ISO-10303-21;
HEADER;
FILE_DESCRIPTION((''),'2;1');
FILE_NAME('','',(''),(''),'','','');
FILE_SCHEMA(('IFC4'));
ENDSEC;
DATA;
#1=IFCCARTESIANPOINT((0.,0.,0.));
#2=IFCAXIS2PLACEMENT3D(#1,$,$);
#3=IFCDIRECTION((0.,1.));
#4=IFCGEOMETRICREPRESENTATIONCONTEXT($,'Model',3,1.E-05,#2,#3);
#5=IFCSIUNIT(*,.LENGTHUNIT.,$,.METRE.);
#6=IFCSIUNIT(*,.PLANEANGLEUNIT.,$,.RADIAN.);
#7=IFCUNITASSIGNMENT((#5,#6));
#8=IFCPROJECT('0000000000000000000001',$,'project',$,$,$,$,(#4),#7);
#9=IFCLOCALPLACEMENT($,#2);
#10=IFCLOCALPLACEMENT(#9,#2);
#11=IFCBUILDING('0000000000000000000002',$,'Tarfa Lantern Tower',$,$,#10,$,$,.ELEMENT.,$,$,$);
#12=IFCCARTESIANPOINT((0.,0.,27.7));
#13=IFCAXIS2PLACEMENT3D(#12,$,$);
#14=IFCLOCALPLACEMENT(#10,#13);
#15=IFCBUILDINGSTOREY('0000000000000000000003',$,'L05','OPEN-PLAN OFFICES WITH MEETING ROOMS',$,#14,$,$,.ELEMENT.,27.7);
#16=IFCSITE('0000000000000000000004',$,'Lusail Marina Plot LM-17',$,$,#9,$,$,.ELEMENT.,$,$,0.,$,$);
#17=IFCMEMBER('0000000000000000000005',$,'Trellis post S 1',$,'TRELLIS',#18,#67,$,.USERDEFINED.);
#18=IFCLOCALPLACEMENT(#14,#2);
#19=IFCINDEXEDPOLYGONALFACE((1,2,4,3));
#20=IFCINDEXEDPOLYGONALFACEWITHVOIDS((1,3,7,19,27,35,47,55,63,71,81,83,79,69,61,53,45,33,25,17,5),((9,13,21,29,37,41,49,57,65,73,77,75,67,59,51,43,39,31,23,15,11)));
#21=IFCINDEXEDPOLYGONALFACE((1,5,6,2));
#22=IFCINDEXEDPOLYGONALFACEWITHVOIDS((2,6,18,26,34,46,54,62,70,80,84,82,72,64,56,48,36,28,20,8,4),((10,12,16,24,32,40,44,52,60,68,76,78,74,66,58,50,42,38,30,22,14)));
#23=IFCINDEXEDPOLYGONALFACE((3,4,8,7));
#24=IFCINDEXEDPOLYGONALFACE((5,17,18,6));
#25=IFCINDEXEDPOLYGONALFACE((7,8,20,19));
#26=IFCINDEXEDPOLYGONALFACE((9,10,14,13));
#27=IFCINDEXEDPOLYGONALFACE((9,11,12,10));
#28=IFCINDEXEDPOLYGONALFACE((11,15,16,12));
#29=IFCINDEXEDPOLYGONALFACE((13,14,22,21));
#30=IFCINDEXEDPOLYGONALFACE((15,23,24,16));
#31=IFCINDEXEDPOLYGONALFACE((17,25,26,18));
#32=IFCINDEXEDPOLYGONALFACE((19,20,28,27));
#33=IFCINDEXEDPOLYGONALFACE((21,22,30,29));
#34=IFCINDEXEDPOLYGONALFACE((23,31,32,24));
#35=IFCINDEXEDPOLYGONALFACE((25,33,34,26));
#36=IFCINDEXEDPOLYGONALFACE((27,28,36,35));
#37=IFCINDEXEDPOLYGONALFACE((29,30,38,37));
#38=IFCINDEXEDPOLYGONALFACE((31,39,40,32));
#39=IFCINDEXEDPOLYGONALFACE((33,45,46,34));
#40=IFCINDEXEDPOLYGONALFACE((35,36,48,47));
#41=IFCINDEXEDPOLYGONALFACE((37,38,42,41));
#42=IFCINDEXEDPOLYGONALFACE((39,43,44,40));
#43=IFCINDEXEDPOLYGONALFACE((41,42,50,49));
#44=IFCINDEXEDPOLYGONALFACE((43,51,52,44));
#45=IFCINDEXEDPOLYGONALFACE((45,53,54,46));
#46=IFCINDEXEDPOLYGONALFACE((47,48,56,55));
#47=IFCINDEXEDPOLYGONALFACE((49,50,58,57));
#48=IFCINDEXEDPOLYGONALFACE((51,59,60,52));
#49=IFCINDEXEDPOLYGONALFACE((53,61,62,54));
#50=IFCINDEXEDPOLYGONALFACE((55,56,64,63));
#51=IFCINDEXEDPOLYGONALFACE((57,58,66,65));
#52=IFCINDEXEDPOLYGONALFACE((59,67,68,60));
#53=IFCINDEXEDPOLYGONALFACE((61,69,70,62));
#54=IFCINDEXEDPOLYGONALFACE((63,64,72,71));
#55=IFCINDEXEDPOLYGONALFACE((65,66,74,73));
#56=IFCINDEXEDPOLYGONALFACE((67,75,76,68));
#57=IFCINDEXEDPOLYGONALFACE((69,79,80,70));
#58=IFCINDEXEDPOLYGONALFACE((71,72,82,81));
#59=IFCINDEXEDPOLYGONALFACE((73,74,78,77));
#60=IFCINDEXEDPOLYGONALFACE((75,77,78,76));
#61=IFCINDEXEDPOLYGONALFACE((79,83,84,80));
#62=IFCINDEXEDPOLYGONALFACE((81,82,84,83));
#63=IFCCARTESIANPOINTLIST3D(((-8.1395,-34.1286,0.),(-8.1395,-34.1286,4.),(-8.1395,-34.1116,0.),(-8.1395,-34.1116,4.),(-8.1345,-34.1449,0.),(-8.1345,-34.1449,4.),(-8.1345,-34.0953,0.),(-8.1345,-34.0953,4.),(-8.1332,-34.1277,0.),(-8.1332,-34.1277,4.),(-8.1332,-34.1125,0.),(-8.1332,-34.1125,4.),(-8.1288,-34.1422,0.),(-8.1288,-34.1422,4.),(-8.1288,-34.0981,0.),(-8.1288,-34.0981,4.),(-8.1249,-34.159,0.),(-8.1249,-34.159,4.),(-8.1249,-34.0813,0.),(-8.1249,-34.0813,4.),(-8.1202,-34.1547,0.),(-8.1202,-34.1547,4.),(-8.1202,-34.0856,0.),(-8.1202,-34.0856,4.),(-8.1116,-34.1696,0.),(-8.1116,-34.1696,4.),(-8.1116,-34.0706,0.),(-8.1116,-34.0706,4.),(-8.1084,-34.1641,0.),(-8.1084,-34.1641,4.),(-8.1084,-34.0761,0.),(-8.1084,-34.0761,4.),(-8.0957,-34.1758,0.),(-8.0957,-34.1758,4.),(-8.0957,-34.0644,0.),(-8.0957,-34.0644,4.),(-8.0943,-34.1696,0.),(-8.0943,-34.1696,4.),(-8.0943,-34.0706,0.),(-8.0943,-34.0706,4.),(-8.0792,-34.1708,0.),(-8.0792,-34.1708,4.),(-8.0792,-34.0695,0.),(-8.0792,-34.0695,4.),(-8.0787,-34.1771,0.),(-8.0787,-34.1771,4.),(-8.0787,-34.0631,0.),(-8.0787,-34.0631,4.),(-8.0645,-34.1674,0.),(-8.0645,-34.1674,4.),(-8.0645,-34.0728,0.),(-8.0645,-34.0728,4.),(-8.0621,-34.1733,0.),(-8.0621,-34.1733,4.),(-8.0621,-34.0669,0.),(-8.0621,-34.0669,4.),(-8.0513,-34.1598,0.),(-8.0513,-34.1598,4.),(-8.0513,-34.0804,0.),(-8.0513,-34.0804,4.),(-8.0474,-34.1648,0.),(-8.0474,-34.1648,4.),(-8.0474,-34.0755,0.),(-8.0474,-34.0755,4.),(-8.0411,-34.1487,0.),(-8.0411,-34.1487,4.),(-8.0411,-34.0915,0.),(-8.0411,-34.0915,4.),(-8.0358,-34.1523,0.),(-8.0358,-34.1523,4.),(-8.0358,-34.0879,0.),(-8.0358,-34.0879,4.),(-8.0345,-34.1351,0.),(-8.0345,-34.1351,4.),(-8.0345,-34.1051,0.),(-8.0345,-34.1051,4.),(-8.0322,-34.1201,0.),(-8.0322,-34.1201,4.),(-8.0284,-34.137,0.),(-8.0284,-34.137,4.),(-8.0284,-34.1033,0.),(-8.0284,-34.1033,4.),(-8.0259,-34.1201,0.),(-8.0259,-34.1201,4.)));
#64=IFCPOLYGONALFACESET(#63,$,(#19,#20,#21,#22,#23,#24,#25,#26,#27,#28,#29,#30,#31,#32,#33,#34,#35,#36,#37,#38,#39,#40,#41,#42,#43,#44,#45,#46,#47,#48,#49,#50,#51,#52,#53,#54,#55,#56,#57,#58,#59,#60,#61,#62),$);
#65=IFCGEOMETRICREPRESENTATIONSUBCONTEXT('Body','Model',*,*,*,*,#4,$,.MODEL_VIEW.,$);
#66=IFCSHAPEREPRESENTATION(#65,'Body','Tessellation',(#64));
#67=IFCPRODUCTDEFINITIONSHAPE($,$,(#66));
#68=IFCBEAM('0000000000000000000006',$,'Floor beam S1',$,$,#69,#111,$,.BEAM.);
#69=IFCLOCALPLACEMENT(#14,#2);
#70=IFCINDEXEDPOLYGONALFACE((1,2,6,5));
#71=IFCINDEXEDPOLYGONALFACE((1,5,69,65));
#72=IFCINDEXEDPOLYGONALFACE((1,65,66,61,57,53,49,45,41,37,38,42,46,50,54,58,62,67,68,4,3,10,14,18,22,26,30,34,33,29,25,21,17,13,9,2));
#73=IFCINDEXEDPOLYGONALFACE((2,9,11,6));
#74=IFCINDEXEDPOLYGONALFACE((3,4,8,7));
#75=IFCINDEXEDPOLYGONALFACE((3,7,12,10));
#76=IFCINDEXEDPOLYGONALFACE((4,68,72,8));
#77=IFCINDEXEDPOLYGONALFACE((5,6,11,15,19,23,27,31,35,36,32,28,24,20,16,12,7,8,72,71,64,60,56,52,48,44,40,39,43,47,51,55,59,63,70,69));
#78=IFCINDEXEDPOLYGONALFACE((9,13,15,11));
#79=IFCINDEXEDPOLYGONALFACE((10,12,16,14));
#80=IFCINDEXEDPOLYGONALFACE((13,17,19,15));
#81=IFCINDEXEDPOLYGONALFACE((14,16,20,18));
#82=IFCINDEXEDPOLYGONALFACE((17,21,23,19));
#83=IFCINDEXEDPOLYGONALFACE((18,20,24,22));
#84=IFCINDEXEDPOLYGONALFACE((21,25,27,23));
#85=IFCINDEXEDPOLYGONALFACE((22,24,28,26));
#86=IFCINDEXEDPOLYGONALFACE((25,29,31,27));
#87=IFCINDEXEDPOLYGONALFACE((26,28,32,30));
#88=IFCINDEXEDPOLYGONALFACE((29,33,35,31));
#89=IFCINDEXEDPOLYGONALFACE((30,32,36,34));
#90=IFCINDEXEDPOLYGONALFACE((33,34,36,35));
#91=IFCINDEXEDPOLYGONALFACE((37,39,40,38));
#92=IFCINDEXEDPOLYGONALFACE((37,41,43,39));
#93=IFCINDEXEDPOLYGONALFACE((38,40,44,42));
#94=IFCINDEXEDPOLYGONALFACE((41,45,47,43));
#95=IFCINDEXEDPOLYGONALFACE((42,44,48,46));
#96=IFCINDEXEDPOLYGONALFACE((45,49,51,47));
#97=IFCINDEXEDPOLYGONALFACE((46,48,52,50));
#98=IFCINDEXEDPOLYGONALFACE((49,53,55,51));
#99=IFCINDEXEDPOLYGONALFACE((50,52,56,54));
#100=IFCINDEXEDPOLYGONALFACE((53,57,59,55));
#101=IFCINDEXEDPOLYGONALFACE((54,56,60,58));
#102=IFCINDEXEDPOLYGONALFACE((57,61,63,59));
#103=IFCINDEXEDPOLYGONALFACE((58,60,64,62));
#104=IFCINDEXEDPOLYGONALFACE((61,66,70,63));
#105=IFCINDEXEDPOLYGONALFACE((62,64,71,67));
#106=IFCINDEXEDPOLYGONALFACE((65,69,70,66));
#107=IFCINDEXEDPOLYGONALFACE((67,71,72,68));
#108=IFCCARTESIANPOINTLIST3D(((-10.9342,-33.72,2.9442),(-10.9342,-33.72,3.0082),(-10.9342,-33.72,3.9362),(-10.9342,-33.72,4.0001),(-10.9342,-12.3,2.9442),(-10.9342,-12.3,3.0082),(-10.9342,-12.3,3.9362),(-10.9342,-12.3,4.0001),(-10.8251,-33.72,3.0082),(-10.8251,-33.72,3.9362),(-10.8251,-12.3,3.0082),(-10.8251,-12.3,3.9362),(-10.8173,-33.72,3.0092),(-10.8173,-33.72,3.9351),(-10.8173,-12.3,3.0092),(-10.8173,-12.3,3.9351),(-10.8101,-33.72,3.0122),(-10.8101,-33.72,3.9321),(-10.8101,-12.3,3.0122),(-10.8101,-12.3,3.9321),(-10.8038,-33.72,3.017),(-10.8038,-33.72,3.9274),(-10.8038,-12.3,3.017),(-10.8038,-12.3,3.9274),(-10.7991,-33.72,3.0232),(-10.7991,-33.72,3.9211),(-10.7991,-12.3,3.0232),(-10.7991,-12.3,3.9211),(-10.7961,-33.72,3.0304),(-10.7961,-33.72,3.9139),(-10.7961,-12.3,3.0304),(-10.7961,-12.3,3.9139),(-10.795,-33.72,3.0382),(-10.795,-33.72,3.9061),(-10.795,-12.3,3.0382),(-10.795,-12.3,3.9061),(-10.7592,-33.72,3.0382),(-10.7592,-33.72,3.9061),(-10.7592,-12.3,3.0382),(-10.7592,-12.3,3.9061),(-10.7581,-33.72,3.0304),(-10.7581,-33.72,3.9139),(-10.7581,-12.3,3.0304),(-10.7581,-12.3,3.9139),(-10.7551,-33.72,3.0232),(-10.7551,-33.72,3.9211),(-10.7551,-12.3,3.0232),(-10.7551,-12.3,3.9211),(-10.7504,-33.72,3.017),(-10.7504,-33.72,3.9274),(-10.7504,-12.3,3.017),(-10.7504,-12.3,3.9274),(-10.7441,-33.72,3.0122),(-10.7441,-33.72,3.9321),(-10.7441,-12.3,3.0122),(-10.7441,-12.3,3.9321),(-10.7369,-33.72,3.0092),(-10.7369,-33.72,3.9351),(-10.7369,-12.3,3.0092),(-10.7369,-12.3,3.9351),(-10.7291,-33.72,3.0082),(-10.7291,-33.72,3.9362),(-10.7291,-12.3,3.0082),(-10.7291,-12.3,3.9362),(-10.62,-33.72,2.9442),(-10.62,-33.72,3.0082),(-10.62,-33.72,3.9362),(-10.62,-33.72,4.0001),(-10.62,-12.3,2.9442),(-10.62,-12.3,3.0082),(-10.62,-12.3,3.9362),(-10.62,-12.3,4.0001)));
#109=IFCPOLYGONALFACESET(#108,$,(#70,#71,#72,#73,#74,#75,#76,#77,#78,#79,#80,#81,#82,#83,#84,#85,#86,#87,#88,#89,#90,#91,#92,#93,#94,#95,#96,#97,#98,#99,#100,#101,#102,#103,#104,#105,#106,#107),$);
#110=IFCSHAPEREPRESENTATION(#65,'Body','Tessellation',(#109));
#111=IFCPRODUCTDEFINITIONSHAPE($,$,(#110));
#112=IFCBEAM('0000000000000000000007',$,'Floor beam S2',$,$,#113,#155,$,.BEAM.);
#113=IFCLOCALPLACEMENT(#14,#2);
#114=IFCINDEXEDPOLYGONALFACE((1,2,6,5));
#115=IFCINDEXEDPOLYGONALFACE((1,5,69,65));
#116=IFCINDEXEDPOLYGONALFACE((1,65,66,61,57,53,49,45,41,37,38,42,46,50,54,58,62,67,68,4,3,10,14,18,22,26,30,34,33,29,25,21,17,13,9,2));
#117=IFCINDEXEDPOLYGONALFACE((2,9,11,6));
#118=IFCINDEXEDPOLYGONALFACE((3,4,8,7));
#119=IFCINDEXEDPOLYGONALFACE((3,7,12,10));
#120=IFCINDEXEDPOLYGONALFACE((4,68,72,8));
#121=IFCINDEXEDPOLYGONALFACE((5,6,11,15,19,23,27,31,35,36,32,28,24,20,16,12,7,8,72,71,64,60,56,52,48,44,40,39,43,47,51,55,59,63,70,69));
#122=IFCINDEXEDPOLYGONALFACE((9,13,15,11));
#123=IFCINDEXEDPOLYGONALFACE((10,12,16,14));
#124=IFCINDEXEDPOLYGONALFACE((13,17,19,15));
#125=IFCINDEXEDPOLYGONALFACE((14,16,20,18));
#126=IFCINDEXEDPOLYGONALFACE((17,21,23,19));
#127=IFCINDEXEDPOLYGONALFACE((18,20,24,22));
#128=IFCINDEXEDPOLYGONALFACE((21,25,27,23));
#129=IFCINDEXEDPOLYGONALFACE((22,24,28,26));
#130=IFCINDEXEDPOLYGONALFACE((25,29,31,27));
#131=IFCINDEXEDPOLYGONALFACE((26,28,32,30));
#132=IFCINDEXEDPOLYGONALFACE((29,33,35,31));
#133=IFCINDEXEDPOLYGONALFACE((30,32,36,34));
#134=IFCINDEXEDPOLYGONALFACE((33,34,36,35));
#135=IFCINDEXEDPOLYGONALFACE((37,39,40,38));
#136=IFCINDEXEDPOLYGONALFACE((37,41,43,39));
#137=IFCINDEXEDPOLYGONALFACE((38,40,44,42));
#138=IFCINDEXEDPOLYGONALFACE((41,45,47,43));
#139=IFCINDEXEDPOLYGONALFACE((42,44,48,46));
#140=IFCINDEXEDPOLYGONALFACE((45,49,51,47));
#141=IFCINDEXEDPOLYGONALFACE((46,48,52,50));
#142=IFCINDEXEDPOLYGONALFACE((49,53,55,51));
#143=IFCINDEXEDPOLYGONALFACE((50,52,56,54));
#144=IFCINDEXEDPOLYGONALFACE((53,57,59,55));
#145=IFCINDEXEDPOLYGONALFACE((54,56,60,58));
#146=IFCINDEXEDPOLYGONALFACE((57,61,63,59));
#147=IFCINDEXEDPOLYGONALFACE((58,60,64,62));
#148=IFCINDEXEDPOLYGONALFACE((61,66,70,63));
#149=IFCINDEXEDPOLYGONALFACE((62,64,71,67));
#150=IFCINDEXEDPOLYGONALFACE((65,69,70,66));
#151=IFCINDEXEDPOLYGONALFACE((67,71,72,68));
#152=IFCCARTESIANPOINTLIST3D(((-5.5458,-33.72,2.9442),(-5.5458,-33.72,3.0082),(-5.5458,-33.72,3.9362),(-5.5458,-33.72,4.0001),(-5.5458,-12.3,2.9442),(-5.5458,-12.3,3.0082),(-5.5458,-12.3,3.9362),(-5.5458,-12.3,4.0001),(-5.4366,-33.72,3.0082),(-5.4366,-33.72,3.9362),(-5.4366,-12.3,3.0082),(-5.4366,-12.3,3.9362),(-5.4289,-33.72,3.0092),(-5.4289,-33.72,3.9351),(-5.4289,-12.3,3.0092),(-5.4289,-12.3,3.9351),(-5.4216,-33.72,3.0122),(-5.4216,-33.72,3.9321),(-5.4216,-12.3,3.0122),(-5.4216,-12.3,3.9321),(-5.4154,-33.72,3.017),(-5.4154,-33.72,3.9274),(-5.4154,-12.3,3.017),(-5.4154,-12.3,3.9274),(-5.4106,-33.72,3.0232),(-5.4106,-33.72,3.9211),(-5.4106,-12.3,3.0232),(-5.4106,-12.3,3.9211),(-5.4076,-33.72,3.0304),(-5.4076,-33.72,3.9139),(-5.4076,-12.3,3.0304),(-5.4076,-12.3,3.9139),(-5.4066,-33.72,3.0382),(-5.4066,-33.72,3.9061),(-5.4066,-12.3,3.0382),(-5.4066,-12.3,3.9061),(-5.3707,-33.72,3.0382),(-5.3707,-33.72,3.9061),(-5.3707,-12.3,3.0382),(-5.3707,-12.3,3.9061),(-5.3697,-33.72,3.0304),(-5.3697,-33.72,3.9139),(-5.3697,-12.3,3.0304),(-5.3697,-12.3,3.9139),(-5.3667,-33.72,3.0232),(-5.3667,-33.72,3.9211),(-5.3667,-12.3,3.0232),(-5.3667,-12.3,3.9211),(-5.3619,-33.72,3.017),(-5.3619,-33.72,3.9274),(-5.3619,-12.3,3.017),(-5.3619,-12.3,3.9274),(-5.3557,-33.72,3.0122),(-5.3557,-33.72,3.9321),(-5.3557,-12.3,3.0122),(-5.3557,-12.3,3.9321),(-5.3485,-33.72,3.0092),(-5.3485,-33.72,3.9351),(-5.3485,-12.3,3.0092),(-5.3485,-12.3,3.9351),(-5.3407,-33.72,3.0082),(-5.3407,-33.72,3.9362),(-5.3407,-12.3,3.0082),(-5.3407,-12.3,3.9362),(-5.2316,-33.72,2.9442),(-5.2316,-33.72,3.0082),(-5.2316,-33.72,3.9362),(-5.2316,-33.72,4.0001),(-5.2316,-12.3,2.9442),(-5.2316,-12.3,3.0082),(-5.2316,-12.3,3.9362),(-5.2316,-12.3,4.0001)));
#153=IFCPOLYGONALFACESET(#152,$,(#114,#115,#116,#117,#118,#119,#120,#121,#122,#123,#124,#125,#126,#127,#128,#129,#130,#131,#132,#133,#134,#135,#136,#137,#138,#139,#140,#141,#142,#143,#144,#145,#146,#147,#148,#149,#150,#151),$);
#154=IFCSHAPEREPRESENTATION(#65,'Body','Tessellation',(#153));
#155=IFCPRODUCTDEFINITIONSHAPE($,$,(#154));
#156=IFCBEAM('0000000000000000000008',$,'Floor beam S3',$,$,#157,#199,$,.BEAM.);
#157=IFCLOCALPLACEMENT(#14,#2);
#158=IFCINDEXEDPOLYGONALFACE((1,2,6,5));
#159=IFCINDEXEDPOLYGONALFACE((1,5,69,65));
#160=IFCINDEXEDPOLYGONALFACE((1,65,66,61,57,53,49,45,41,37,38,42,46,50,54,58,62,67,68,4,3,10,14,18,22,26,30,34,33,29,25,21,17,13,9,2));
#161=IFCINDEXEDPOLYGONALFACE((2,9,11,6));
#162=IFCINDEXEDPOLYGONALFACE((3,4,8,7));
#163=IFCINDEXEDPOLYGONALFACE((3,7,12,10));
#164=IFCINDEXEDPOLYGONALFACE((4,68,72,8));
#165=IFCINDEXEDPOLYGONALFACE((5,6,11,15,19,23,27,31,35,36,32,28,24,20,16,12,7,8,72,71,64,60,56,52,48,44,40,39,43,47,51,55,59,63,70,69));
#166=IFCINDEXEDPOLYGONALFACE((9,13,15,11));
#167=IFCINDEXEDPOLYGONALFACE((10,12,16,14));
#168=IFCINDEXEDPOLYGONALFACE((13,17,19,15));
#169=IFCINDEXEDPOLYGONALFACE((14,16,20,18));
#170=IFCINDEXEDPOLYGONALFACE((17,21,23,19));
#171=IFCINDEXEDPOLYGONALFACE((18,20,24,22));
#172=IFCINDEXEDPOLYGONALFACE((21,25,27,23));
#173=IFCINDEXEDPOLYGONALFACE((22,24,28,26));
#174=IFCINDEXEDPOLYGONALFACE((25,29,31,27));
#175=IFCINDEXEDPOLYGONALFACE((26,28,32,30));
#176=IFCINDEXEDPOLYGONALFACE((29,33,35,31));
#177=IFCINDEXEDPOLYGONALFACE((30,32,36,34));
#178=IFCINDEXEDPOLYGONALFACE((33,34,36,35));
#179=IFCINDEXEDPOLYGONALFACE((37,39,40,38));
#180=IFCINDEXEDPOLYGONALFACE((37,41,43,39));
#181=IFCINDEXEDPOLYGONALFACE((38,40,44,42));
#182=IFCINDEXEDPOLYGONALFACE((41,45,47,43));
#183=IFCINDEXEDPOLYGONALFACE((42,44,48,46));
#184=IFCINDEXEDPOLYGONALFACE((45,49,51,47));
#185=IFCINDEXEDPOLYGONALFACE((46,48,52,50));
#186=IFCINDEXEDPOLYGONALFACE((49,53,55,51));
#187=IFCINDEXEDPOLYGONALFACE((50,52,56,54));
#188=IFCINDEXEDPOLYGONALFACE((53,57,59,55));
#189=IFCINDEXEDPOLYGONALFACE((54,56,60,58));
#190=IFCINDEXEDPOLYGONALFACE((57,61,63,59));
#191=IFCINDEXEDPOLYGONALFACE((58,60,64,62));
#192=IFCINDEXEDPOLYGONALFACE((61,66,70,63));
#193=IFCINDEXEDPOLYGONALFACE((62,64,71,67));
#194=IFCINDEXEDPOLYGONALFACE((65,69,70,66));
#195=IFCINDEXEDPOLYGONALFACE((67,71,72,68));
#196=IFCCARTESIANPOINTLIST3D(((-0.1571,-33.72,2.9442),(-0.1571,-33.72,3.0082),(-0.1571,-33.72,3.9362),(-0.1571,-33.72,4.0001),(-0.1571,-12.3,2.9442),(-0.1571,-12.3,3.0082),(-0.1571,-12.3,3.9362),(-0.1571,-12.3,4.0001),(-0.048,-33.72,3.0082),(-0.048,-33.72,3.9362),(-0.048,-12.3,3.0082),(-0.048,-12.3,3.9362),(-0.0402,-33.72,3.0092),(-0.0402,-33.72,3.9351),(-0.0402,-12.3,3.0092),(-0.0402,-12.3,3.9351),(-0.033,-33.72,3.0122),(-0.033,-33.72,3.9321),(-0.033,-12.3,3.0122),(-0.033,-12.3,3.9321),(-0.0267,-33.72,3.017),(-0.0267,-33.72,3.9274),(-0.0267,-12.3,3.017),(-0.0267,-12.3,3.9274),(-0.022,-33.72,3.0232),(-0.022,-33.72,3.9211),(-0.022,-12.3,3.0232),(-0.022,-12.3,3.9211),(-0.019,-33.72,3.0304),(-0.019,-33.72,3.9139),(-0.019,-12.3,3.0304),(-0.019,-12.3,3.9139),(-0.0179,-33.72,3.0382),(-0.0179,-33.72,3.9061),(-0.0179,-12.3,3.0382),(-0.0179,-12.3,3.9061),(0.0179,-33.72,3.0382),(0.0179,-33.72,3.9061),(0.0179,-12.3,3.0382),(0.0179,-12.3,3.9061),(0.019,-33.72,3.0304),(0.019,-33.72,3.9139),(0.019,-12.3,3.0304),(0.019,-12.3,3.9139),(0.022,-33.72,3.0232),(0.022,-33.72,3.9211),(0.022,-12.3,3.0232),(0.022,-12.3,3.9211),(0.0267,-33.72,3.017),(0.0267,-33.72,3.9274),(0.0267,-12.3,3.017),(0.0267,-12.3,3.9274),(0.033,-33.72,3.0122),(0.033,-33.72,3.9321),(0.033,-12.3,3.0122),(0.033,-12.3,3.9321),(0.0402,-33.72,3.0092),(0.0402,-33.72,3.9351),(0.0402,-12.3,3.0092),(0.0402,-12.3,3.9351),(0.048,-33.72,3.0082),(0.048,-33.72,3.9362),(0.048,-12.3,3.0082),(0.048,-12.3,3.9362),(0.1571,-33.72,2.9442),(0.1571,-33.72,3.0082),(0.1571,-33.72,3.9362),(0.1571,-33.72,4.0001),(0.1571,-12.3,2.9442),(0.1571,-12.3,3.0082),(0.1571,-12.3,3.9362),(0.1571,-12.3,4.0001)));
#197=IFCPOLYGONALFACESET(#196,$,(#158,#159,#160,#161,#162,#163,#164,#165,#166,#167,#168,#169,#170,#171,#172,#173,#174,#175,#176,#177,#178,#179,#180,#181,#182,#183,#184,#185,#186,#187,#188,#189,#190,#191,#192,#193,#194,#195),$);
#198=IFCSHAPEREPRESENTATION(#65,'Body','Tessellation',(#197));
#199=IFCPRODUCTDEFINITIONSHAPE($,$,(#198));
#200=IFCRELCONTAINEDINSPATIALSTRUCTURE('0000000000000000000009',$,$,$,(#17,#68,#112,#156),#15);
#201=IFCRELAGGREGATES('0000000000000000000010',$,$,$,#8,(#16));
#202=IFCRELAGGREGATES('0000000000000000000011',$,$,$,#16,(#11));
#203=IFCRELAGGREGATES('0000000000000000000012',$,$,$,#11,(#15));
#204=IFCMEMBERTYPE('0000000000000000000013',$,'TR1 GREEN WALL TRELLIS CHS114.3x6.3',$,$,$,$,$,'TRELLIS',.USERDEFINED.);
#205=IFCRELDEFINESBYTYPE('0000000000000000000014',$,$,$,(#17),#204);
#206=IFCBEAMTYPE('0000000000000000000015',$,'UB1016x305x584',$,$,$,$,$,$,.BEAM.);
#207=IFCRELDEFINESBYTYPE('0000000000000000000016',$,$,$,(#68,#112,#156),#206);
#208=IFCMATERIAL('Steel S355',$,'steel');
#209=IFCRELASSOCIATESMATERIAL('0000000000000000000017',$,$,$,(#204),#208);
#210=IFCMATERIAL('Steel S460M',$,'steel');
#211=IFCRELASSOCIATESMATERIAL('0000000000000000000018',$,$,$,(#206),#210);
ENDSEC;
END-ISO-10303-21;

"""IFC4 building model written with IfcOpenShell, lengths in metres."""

from ifc_helpers import new_model, si_unit, direction, frame, origin, origin_2d, place, context, subcontext, project, spatial, hollow_circle, i_section, extrude, material, material_profile, profile_set, type_object, element, save


model = new_model("IFC4")

# Units and contexts
model_context = context("Model", 3, precision=1e-05, world=origin(), true_north=direction((0.0, 1.0)))
body_context = subcontext(model_context, "Body", "Model", "MODEL_VIEW")
ifc_project = project(units=[si_unit("LENGTHUNIT", "METRE"), si_unit("PLANEANGLEUNIT", "RADIAN")], contexts=[model_context])

# Site, building, storey
site_placement = place(None, origin())
site = spatial("IfcSite", under=ifc_project, at=site_placement, Name="Lusail Marina Plot LM-17", CompositionType="ELEMENT", RefElevation=0.0)
building_placement = place(site_placement, origin())
building = spatial("IfcBuilding", under=site, at=building_placement, Name="Tarfa Lantern Tower", CompositionType="ELEMENT")
storey_placement = place(building_placement, frame((0.0, 0.0, 27.7)))
storey = spatial("IfcBuildingStorey", under=building, at=storey_placement, Name="L05", Description="OPEN-PLAN OFFICES WITH MEETING ROOMS", CompositionType="ELEMENT", Elevation=27.7)

# Member
ifc_material_1 = material(Name="Steel S355", Category="steel")
ifc_material_profile_1 = material_profile(ifc_material_1, hollow_circle(Radius=0.0571, WallThickness=0.0063, at=origin_2d()), Name="CHS114.3x6.3")
ifc_profile_set_1 = profile_set([ifc_material_profile_1], Name="Steel S355")
member_type_1 = type_object("IfcMemberType", Name="TR1 GREEN WALL TRELLIS CHS114.3x6.3", ElementType="TRELLIS", PredefinedType="USERDEFINED", material=ifc_profile_set_1)
member_1_placement = place(storey_placement, frame((-8.083, -34.1201, 0.0), z_axis=(0.0, 0.0, 1.0), x_axis=(1.0, 0.0, 0.0)))
element("IfcMember", 1, at=member_1_placement, inside=storey, type_object=member_type_1, Name="Trellis post S 1", ObjectType="TRELLIS", PredefinedType="USERDEFINED", context=body_context, shape_type="SweptSolid", body=[
    extrude(hollow_circle(Radius=0.0571, WallThickness=0.0063, at=origin_2d()), origin(), (0.0, 0.0, 1.0), 4.0),
])

# Beams
ifc_material_2 = material(Name="Steel S460M", Category="steel")
ifc_material_profile_2 = material_profile(ifc_material_2, i_section(OverallWidth=0.3142, OverallDepth=1.0559, WebThickness=0.0359, FlangeThickness=0.064, FilletRadius=0.03, at=origin_2d()), Name="UB1016x305x584")
ifc_profile_set_2 = profile_set([ifc_material_profile_2], Name="Steel S460M")
beam_type_1 = type_object("IfcBeamType", Name="UB1016x305x584", PredefinedType="BEAM", material=ifc_profile_set_2)
for number, where, z_axis, x_axis, name in (
    (2, (-10.7771, -33.72, 3.4722), (0.0, 1.0, 0.0), (-1.0, 0.0, 0.0), "Floor beam S1"),
    (3, (-5.3887, -33.72, 3.4722), (0.0, 1.0, 0.0), (-1.0, 0.0, 0.0), "Floor beam S2"),
    (4, (0.0, -33.72, 3.4722), (0.0, 1.0, 0.0), (-1.0, 0.0, 0.0), "Floor beam S3"),
):
    element("IfcBeam", number, at=place(storey_placement, frame(where, z_axis=z_axis, x_axis=x_axis)), inside=storey, type_object=beam_type_1, Name=name, PredefinedType="BEAM", context=body_context, shape_type="SweptSolid", body=[
        extrude(i_section(OverallWidth=0.3142, OverallDepth=1.0559, WebThickness=0.0359, FlangeThickness=0.064, FilletRadius=0.03, at=origin_2d()), origin(), (0.0, 0.0, 1.0), 21.4199),
    ])

save(model, "model.ifc")
